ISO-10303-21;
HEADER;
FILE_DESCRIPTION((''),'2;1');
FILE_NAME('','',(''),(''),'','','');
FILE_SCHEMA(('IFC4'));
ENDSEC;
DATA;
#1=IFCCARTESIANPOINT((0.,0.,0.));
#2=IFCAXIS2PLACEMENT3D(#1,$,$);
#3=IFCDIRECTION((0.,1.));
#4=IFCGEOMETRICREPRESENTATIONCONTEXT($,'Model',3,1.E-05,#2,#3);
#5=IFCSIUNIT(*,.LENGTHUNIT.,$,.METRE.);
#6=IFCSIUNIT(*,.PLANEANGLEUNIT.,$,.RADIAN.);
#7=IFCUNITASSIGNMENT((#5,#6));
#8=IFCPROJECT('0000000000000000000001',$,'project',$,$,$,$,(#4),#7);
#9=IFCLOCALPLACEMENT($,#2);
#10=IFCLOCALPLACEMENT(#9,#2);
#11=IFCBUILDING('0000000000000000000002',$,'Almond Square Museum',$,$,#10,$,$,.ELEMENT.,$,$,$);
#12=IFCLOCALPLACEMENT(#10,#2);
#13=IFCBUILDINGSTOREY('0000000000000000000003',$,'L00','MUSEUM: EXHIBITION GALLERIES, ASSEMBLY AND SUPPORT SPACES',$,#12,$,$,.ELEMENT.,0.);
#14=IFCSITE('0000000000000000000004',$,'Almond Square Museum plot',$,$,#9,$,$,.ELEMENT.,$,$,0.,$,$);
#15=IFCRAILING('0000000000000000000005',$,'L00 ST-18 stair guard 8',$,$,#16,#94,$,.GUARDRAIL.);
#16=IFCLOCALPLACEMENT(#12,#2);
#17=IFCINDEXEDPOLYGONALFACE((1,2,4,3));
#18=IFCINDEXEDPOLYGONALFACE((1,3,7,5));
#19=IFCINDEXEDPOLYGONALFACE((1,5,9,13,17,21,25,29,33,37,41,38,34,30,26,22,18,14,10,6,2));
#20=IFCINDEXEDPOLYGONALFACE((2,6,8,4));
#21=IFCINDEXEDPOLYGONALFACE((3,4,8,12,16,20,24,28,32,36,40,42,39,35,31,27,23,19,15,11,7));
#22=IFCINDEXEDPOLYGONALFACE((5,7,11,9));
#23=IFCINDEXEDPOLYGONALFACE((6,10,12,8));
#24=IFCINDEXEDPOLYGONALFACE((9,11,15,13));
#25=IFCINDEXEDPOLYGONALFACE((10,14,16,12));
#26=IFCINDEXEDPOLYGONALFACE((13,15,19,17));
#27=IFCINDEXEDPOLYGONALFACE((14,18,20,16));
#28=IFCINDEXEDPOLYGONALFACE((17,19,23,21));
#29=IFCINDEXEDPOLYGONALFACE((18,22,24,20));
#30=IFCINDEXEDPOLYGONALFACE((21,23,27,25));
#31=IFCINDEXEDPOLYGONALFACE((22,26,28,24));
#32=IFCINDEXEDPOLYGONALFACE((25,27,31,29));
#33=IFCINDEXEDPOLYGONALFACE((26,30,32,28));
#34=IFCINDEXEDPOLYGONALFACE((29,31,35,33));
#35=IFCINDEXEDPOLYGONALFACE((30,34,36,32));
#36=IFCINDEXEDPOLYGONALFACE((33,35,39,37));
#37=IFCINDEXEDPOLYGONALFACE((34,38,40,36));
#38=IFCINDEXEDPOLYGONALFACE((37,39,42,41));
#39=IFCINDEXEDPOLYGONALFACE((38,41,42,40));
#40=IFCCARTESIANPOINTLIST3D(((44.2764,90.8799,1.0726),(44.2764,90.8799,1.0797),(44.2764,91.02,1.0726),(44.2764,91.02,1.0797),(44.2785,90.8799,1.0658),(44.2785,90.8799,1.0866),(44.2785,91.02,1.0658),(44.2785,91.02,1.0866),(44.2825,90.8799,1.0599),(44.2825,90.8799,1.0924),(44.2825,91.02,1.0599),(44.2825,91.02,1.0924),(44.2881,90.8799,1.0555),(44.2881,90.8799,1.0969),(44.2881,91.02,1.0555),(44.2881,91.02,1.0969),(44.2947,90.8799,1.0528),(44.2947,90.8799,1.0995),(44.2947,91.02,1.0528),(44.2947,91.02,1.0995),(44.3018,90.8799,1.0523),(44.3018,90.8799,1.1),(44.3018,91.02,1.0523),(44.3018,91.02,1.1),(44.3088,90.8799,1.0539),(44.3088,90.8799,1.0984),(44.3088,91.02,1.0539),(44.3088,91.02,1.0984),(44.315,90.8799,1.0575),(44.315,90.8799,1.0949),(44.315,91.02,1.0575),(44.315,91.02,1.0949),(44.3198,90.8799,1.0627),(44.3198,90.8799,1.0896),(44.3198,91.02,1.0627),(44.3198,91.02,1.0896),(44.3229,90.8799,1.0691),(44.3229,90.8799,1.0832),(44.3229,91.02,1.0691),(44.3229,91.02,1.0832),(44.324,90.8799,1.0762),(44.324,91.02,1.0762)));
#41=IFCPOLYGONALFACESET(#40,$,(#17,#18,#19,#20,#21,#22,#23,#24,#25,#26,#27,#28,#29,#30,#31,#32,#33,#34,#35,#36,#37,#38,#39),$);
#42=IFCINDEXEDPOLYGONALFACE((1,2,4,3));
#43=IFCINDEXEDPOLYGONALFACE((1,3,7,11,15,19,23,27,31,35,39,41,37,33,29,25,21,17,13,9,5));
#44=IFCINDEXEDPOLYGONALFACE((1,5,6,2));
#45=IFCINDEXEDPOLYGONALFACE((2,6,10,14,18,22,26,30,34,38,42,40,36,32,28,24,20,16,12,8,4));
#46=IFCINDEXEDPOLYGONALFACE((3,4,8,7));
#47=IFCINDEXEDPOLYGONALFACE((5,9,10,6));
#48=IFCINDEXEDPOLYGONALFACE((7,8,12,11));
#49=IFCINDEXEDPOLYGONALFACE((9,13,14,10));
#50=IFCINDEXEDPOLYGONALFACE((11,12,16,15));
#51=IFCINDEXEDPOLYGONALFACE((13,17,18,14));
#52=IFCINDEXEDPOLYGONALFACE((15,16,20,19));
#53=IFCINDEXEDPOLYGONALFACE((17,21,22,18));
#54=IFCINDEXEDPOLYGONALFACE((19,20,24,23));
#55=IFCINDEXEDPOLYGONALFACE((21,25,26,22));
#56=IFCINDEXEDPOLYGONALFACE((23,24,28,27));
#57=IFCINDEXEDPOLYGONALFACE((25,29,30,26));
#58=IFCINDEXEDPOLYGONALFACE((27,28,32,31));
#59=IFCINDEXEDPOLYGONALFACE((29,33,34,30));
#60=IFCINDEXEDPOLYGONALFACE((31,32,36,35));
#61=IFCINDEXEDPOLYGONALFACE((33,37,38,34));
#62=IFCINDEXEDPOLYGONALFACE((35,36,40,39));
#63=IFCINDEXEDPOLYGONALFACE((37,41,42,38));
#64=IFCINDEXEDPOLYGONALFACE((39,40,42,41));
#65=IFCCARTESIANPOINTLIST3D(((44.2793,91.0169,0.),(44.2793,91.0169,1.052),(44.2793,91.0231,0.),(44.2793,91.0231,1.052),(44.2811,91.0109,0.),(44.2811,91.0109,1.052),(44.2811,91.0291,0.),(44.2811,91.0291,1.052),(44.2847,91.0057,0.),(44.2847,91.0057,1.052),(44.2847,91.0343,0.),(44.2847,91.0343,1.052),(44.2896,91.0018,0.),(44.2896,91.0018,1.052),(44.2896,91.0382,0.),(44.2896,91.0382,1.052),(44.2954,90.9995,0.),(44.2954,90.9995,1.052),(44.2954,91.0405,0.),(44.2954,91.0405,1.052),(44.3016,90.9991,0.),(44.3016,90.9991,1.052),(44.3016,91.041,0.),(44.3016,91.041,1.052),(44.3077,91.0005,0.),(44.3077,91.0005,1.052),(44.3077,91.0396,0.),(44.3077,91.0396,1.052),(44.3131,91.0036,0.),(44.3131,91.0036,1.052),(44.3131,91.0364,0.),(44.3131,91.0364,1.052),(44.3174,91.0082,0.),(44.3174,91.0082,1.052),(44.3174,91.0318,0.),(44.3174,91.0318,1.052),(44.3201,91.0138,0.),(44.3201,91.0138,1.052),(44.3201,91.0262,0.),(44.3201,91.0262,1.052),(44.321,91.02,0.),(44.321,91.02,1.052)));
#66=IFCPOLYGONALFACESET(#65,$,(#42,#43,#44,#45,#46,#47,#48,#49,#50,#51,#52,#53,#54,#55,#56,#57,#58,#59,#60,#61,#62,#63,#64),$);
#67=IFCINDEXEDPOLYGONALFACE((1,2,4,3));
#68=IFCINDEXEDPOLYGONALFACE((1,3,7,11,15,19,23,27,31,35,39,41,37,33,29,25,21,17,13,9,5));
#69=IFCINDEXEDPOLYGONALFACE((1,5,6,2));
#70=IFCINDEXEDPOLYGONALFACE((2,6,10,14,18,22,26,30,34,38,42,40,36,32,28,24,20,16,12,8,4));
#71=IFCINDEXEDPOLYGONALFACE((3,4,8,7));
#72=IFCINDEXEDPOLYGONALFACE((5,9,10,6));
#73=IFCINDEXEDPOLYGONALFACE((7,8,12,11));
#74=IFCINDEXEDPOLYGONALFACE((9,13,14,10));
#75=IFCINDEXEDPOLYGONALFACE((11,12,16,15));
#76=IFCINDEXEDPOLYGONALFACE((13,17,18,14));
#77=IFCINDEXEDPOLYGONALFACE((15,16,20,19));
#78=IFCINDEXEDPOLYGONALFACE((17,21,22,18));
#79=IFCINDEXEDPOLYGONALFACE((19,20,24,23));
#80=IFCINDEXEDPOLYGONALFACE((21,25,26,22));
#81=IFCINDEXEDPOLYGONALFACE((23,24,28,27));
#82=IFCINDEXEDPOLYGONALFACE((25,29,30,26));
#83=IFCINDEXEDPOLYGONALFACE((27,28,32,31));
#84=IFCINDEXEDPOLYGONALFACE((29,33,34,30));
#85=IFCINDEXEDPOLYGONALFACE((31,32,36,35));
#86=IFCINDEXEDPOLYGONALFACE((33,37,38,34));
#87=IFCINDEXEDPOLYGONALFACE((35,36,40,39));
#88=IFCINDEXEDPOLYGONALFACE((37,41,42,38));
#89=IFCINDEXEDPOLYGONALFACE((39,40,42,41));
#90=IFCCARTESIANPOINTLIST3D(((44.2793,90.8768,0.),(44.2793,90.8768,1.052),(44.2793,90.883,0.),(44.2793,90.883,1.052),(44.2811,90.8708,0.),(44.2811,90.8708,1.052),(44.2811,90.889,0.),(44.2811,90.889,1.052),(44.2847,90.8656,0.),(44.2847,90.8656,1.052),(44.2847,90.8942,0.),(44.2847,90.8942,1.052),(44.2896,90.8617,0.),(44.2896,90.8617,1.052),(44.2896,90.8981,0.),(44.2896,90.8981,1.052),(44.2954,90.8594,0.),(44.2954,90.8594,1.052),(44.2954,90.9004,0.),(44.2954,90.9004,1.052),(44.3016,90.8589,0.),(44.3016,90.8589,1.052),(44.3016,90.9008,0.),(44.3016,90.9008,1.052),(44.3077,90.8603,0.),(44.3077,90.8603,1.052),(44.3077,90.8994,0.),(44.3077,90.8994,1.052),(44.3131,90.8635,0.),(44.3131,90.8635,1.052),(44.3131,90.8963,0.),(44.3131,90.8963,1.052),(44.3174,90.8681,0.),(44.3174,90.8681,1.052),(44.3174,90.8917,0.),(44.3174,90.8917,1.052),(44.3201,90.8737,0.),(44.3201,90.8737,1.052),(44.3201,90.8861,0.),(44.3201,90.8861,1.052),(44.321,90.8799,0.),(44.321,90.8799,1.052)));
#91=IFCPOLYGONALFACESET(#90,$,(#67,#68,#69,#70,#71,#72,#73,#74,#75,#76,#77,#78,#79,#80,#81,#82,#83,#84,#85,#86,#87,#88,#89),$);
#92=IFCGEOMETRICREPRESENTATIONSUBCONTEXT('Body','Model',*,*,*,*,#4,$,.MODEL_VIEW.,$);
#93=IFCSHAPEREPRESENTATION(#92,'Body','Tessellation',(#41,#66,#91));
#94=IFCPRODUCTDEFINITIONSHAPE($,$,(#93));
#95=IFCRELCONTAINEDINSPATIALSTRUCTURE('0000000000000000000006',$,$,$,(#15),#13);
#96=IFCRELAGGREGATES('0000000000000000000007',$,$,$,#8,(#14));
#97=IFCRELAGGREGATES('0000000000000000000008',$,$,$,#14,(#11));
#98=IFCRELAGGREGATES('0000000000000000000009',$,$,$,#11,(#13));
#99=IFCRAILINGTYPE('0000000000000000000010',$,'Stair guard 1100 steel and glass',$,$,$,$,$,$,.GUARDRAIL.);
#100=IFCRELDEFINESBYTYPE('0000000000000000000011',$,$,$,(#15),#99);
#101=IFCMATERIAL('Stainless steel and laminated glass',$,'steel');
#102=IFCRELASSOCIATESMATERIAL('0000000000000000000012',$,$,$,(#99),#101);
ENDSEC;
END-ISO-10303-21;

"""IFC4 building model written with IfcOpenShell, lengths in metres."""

from ifc_helpers import new_model, si_unit, direction, frame, origin, origin_2d, place, context, subcontext, project, spatial, circle, extrude, material, type_object, element, save


model = new_model("IFC4")

# Units and contexts
model_context = context("Model", 3, precision=1e-05, world=origin(), true_north=direction((0.0, 1.0)))
body_context = subcontext(model_context, "Body", "Model", "MODEL_VIEW")
ifc_project = project(units=[si_unit("LENGTHUNIT", "METRE"), si_unit("PLANEANGLEUNIT", "RADIAN")], contexts=[model_context])

# Site, building, storey
site_placement = place(None, origin())
site = spatial("IfcSite", under=ifc_project, at=site_placement, Name="Almond Square Museum plot", CompositionType="ELEMENT", RefElevation=0.0)
building_placement = place(site_placement, origin())
building = spatial("IfcBuilding", under=site, at=building_placement, Name="Almond Square Museum", CompositionType="ELEMENT")
storey_placement = place(building_placement, origin())
storey = spatial("IfcBuildingStorey", under=building, at=storey_placement, Name="L00", Description="MUSEUM: EXHIBITION GALLERIES, ASSEMBLY AND SUPPORT SPACES", CompositionType="ELEMENT", Elevation=0.0)

# Railing
ifc_material_1 = material(Name="Stainless steel and laminated glass", Category="steel")
railing_type_1 = type_object("IfcRailingType", Name="Stair guard 1100 steel and glass", PredefinedType="GUARDRAIL", material=ifc_material_1)
for number, where, name in (
    (1, (44.3, 91.02, 0.0), "L00 ST-18 stair guard 8"),
):
    element("IfcRailing", number, at=place(storey_placement, frame(where)), inside=storey, type_object=railing_type_1, Name=name, PredefinedType="GUARDRAIL", context=body_context, shape_type="SweptSolid", body=[
        extrude(circle(Radius=0.0239, at=origin_2d()), frame((0.0, 0.0, 1.0762), z_axis=(0.0, -1.0, 0.0), x_axis=(1.0, 0.0, 0.0)), (0.0, 0.0, 1.0), 0.1401),
        extrude(circle(Radius=0.021, at=origin_2d()), origin(), (0.0, 0.0, 1.0), 1.052),
        extrude(circle(Radius=0.021, at=origin_2d()), frame((0.0, -0.1401, 0.0)), (0.0, 0.0, 1.0), 1.052),
    ])

save(model, "model.ifc")
